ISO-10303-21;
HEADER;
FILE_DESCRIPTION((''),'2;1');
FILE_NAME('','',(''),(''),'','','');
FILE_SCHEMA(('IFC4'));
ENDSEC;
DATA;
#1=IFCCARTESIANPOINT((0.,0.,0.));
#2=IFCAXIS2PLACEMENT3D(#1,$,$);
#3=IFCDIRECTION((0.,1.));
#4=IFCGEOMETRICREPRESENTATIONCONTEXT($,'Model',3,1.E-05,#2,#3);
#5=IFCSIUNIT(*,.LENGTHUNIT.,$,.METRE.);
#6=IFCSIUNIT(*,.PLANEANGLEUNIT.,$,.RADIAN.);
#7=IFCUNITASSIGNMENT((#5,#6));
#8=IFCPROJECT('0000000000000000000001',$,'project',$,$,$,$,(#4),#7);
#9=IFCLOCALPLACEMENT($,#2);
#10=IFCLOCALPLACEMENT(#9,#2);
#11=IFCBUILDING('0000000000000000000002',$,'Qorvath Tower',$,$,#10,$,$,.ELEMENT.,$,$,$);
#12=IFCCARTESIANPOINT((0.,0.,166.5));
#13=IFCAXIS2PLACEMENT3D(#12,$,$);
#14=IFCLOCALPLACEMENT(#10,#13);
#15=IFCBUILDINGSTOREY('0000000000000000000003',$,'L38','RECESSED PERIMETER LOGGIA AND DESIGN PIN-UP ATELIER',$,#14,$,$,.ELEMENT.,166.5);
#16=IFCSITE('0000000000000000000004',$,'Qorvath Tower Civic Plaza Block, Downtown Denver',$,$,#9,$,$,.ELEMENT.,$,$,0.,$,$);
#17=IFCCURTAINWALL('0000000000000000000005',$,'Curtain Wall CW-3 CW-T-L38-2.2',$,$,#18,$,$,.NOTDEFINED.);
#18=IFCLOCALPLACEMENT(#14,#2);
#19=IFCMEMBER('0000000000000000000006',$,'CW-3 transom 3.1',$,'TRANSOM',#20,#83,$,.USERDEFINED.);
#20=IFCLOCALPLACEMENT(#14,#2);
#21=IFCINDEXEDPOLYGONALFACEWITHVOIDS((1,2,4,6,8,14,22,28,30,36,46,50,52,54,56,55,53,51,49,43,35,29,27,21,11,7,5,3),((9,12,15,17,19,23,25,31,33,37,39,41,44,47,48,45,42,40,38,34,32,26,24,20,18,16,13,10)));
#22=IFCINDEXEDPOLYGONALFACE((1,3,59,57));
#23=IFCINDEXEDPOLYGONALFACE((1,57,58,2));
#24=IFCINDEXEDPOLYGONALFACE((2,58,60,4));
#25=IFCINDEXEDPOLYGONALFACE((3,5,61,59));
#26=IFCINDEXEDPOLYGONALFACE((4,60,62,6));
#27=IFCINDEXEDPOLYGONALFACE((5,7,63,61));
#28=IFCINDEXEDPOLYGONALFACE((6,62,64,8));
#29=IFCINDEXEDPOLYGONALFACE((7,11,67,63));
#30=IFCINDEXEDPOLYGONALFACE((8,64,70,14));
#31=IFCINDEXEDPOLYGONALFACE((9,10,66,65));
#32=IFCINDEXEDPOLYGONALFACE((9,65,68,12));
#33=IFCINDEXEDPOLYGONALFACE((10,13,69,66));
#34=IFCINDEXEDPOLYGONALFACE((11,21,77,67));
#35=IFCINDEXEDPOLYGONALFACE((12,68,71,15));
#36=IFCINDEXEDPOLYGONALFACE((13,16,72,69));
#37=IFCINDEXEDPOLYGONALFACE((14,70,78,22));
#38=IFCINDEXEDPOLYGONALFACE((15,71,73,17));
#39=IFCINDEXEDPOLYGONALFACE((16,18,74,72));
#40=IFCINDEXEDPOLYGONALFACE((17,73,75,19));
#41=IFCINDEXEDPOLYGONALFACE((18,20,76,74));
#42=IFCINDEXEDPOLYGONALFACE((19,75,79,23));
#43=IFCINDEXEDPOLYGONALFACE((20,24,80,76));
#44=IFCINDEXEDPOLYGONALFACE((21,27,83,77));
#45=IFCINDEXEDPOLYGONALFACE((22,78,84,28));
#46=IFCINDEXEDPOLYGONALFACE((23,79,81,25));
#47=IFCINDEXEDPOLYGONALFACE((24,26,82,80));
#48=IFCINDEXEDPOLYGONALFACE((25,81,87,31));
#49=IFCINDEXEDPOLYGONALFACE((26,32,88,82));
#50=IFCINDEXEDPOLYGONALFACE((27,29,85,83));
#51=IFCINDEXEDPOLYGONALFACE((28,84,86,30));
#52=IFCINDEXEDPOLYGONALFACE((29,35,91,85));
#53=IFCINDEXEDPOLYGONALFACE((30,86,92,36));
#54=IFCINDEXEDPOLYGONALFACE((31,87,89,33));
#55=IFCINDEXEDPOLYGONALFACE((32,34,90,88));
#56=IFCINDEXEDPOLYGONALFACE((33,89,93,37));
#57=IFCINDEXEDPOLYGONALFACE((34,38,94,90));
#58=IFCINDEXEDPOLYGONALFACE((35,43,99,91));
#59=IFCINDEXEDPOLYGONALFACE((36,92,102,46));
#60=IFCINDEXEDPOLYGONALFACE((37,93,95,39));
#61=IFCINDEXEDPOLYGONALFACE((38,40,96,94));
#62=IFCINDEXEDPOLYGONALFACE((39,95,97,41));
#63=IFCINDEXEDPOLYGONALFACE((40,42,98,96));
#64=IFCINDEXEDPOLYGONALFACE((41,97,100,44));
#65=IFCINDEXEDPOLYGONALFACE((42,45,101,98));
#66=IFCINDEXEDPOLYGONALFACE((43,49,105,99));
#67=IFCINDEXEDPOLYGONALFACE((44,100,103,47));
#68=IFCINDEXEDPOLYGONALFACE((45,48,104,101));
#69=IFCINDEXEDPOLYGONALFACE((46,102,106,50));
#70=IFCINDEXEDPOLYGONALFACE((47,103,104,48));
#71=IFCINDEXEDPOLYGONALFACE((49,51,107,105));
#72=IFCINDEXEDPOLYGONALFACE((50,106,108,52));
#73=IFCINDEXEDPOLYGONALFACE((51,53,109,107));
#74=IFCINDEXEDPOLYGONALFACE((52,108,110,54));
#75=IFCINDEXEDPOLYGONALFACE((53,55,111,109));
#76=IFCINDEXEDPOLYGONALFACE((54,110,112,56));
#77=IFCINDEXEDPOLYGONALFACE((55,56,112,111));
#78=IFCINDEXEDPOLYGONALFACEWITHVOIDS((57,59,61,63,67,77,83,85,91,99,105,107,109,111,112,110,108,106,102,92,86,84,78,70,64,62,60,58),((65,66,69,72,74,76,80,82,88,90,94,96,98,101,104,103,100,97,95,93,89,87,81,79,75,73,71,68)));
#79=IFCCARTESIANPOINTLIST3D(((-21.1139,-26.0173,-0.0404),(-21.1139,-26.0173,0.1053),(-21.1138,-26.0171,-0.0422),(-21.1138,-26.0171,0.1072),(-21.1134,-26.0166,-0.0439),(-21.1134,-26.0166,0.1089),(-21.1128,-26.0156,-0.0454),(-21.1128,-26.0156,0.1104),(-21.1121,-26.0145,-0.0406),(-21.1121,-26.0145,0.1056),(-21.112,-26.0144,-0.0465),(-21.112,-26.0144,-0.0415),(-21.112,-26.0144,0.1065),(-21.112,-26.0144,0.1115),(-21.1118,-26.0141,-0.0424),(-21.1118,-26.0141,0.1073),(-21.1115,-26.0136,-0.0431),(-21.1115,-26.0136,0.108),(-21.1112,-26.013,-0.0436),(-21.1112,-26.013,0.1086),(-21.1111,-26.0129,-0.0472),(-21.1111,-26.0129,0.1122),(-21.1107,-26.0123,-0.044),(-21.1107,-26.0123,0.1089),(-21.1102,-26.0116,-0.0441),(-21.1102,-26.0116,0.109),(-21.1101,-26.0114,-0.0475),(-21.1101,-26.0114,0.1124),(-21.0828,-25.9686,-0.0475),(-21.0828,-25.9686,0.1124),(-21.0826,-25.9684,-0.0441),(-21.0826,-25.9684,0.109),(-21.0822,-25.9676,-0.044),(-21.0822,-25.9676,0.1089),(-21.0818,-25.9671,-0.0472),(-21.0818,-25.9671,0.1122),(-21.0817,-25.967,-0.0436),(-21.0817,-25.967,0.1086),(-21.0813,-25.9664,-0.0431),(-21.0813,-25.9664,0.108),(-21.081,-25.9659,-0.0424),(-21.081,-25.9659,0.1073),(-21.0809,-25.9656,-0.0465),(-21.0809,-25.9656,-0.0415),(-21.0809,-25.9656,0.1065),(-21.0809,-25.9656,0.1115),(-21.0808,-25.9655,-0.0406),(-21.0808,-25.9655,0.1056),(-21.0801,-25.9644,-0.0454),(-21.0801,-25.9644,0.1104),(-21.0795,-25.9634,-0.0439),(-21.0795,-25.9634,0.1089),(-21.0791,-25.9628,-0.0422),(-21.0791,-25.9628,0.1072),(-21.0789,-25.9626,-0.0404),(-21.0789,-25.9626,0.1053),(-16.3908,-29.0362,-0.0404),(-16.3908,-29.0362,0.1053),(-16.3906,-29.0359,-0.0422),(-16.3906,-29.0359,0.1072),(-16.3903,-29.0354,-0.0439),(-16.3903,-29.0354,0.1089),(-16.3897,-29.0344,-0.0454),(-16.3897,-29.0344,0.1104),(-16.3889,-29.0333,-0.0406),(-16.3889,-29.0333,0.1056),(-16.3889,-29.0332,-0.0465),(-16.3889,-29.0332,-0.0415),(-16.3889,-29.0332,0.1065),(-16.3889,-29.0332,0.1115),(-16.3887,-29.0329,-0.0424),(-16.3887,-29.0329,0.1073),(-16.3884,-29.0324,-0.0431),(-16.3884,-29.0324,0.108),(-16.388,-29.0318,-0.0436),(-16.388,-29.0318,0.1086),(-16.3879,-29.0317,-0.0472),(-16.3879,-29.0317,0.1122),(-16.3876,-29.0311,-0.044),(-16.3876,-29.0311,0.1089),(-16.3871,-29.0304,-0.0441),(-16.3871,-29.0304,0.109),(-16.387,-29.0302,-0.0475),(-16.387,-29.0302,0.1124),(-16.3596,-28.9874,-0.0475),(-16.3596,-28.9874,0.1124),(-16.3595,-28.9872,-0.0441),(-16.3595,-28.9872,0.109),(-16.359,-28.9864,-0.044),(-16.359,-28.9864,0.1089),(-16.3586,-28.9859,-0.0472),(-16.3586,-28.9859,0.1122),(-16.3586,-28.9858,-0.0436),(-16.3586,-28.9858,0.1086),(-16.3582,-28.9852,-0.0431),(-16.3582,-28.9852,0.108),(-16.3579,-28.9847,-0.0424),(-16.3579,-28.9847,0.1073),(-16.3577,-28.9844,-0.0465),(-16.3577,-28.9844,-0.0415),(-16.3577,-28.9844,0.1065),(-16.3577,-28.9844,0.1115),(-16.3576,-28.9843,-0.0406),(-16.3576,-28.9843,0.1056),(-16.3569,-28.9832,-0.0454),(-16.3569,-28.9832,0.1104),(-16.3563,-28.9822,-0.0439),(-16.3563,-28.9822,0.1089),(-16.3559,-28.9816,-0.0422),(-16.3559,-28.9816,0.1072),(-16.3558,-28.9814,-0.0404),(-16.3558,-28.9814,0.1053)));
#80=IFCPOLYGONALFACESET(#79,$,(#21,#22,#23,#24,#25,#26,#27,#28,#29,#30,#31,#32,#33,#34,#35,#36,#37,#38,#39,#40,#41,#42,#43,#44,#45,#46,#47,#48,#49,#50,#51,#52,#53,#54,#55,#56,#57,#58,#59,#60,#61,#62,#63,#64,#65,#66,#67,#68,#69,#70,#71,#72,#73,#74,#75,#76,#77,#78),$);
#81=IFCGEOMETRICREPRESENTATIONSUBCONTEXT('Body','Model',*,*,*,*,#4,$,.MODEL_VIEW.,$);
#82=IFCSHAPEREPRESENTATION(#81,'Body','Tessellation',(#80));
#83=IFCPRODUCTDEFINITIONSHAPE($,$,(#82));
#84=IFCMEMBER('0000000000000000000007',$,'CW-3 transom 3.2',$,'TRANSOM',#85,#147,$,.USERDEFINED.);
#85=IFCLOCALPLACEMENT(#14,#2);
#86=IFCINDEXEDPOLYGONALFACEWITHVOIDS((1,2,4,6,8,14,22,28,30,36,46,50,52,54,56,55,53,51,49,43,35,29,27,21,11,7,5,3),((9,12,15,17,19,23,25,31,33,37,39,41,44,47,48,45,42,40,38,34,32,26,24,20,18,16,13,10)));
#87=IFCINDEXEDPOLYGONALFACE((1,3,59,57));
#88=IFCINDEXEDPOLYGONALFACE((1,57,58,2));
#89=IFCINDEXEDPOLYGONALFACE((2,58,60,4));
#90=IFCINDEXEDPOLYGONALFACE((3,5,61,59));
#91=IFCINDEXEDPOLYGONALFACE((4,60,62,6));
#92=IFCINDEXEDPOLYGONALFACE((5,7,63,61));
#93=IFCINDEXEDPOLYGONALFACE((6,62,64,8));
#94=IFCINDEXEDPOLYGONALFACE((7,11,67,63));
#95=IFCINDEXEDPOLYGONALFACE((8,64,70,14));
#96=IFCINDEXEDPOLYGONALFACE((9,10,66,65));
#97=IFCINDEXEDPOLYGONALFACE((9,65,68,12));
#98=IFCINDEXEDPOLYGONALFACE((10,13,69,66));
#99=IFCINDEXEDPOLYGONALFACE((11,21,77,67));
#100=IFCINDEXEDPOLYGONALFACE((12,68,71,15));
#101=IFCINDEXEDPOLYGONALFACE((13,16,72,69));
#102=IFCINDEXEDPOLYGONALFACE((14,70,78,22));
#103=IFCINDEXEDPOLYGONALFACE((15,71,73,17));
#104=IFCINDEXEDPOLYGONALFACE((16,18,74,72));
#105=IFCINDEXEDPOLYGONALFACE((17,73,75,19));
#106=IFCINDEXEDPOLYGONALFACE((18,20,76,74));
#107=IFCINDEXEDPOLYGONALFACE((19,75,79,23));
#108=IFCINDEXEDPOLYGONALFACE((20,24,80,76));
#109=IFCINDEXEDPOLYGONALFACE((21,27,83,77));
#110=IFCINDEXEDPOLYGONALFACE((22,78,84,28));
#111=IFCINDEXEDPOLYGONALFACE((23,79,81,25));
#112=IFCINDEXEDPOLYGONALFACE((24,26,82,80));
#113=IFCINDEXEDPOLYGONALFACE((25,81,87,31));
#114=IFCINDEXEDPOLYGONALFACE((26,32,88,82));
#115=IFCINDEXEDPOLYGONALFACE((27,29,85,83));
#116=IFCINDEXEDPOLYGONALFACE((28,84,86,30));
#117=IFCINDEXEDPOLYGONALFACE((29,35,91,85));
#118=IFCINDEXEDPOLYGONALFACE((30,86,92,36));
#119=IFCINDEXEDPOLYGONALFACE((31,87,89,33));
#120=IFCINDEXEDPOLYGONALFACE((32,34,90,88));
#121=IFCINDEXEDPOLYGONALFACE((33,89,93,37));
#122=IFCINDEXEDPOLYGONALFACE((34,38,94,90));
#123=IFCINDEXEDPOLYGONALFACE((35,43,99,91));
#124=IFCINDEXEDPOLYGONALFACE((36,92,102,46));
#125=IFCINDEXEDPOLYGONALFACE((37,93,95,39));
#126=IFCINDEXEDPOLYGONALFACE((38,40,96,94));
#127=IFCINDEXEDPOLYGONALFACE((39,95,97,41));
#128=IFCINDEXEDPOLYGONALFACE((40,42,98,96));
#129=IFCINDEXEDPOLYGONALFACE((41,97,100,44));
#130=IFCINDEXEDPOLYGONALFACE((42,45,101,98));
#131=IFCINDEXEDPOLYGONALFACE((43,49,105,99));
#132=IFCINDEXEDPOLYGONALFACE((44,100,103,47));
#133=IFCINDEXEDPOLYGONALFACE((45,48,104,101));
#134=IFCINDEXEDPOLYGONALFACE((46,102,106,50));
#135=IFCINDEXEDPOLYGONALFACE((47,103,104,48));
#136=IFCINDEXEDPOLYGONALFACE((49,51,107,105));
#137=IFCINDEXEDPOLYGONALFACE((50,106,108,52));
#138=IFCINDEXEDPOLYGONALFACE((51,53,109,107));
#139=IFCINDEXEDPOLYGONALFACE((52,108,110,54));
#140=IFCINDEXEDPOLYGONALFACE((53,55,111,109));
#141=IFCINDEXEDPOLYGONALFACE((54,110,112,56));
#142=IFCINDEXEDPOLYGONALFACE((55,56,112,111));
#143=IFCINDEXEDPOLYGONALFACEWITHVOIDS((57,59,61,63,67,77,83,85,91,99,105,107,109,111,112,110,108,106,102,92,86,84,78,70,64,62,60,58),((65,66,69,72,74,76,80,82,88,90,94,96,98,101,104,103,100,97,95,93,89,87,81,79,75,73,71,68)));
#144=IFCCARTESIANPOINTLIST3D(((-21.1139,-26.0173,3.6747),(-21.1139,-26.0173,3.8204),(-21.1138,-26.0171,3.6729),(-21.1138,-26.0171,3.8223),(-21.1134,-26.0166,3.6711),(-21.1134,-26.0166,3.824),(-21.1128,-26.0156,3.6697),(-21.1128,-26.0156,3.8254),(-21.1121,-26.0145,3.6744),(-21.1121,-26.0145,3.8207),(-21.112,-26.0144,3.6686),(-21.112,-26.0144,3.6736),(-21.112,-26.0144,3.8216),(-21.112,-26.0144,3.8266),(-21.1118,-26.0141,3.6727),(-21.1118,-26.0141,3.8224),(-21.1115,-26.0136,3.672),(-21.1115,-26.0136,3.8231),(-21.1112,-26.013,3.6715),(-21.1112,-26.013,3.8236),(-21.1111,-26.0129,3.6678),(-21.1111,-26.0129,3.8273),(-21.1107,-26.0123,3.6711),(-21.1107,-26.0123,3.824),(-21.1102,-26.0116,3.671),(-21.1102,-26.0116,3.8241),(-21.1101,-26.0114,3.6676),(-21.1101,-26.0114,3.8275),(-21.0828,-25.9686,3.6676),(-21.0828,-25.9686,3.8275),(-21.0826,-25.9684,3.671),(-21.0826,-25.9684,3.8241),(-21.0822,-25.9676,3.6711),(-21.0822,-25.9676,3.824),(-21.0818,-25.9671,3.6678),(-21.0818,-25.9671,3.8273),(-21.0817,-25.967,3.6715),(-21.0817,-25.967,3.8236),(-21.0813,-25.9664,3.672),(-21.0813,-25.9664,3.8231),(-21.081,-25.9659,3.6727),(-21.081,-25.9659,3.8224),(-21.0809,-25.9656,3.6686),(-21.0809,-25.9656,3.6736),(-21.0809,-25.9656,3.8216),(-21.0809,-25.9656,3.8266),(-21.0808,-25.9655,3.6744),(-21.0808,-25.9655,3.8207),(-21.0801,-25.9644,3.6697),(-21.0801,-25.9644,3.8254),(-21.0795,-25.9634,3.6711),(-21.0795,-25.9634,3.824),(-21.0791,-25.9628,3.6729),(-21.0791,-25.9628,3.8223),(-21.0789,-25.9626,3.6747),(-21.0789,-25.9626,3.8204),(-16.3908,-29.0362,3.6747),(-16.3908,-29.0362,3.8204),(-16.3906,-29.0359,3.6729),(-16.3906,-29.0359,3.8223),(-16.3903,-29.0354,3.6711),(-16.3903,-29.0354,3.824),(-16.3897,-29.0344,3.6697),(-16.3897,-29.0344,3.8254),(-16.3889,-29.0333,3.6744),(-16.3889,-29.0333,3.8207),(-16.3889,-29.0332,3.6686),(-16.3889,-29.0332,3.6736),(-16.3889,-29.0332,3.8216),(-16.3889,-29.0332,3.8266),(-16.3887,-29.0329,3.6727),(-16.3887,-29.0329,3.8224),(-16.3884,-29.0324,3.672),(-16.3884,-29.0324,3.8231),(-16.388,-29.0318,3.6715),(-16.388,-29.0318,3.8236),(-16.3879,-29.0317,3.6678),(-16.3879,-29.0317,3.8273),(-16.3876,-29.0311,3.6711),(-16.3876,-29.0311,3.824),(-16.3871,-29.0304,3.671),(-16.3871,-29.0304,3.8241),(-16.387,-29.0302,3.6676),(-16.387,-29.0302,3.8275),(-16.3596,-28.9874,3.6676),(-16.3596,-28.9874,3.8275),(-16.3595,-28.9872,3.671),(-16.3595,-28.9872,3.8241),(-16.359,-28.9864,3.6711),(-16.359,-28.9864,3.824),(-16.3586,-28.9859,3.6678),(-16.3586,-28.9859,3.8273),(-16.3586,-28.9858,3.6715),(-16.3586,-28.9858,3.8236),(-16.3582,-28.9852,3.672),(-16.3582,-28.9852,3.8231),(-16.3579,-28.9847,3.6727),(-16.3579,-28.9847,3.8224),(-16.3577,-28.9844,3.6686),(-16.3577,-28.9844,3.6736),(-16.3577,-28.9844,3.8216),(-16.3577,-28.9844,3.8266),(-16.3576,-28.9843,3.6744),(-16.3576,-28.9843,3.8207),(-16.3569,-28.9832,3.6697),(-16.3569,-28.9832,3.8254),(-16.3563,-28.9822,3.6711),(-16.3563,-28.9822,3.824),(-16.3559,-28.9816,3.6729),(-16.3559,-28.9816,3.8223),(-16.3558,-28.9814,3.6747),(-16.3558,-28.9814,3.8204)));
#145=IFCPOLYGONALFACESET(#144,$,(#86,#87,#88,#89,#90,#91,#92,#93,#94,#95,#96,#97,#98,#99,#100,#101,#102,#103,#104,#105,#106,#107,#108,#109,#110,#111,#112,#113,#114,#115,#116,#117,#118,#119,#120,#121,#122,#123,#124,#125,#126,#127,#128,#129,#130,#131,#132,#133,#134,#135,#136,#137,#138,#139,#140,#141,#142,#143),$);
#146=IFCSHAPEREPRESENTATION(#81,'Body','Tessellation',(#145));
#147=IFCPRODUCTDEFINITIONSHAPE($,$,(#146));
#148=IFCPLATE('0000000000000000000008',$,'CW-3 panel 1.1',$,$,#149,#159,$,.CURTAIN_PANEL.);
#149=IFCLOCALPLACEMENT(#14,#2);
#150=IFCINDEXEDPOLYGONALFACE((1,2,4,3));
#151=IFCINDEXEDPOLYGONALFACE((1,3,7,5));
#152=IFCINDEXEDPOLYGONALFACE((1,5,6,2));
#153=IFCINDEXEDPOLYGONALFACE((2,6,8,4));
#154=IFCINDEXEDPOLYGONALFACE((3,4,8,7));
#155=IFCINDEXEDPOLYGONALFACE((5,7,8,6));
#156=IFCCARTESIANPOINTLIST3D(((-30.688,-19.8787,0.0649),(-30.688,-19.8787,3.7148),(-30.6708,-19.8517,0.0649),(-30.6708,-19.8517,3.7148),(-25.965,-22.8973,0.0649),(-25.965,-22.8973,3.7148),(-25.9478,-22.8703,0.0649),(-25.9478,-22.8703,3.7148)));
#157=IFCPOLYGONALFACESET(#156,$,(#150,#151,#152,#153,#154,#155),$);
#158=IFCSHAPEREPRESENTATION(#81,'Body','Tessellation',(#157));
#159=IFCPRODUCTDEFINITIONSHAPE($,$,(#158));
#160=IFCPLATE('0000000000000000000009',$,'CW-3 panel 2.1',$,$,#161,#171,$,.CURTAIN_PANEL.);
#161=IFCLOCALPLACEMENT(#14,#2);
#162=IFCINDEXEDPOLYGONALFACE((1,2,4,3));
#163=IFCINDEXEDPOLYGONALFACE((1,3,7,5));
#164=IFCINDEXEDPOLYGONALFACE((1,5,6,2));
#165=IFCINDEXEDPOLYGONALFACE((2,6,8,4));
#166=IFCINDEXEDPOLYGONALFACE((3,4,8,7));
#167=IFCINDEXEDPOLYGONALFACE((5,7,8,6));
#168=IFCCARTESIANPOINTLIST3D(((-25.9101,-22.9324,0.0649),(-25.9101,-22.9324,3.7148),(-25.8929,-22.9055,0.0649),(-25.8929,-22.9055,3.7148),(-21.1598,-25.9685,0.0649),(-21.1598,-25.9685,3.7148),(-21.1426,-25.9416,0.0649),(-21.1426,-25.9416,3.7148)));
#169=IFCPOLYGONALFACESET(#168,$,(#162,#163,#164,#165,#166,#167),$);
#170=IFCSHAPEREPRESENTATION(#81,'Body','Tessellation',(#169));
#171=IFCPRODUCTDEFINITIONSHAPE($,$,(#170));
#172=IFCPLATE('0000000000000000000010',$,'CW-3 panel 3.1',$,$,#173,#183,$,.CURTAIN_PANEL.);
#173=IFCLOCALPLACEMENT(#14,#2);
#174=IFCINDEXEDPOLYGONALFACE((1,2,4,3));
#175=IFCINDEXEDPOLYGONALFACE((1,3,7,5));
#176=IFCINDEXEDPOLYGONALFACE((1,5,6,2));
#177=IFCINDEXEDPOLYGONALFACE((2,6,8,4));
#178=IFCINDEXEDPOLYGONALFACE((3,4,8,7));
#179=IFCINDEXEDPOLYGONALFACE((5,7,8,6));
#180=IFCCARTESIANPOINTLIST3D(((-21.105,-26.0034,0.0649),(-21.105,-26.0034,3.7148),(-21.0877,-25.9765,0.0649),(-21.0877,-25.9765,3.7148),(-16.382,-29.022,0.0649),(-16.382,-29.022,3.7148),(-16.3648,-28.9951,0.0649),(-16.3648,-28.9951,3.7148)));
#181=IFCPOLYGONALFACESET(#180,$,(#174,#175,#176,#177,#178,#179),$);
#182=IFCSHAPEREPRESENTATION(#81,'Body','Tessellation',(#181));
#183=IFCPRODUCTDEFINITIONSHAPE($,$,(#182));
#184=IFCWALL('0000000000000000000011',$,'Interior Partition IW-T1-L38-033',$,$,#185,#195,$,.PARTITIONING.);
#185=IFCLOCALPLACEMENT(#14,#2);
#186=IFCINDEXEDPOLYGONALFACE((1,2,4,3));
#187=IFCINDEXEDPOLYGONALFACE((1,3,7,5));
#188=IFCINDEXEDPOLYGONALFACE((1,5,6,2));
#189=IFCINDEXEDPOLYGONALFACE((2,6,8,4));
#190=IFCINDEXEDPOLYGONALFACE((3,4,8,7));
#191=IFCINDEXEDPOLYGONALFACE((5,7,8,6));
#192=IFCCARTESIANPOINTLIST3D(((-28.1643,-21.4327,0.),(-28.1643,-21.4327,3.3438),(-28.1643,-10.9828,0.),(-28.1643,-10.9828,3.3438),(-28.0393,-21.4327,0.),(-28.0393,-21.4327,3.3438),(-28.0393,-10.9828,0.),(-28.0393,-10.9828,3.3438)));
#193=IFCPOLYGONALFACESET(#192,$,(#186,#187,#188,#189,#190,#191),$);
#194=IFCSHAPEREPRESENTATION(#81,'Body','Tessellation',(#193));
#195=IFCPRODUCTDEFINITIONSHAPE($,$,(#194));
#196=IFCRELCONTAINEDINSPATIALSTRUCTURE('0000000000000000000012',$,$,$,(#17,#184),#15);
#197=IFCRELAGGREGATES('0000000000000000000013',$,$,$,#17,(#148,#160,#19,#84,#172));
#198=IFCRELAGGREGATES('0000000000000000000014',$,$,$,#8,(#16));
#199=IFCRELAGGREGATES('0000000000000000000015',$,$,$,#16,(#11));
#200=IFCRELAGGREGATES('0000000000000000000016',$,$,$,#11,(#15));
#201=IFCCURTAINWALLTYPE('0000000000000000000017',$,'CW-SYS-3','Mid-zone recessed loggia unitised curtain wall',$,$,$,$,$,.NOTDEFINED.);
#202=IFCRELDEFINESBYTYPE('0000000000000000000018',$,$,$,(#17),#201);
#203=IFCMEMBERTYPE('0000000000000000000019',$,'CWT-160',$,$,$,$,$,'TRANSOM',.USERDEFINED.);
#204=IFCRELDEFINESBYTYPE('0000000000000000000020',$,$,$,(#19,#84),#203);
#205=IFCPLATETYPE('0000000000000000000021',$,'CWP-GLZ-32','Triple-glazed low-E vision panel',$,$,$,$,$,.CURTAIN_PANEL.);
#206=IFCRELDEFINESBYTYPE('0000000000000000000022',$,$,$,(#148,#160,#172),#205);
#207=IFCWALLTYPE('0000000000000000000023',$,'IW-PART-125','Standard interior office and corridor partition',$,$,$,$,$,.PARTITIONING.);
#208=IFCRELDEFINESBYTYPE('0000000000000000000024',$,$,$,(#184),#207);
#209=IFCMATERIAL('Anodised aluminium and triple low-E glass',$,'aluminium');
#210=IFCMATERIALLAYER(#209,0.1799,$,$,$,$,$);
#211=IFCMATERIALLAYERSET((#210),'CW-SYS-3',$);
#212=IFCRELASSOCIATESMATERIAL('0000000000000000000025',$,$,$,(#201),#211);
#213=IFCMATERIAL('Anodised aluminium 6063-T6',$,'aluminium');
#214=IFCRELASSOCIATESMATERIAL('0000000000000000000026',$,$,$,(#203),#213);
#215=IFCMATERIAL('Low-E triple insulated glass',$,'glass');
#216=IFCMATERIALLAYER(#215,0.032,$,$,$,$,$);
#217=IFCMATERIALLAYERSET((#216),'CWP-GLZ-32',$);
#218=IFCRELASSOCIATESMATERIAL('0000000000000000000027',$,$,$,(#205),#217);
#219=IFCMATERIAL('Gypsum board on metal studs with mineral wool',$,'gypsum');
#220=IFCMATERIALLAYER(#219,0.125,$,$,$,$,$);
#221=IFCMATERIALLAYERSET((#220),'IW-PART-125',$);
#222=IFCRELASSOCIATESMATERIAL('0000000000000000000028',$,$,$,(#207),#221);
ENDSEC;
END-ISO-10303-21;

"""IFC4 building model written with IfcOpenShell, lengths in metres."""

from ifc_helpers import new_model, si_unit, direction, frame, frame_2d, origin, origin_2d, place, context, subcontext, project, spatial, rectangle, hollow_rectangle, extrude, material, layer, layer_set, material_profile, profile_set, type_object, element, aggregate, save


model = new_model("IFC4")

# Units and contexts
model_context = context("Model", 3, precision=1e-05, world=origin(), true_north=direction((0.0, 1.0)))
body_context = subcontext(model_context, "Body", "Model", "MODEL_VIEW")
ifc_project = project(units=[si_unit("LENGTHUNIT", "METRE"), si_unit("PLANEANGLEUNIT", "RADIAN")], contexts=[model_context])

# Site, building, storey
site_placement = place(None, origin())
site = spatial("IfcSite", under=ifc_project, at=site_placement, Name="Qorvath Tower Civic Plaza Block, Downtown Denver", CompositionType="ELEMENT", RefElevation=0.0)
building_placement = place(site_placement, origin())
building = spatial("IfcBuilding", under=site, at=building_placement, Name="Qorvath Tower", CompositionType="ELEMENT")
storey_placement = place(building_placement, frame((0.0, 0.0, 166.5)))
storey = spatial("IfcBuildingStorey", under=building, at=storey_placement, Name="L38", Description="RECESSED PERIMETER LOGGIA AND DESIGN PIN-UP ATELIER", CompositionType="ELEMENT", Elevation=166.5)

# Curtain wall, members, plates
ifc_material_1 = material(Name="Anodised aluminium and triple low-E glass", Category="aluminium")
ifc_layer_1 = layer(ifc_material_1, 0.1799)
ifc_layer_set_1 = layer_set([ifc_layer_1], Name="CW-SYS-3")
curtain_wall_type = type_object("IfcCurtainWallType", Name="CW-SYS-3", Description="Mid-zone recessed loggia unitised curtain wall", PredefinedType="NOTDEFINED", material=ifc_layer_set_1)
curtain_wall_placement = place(storey_placement, origin())
curtain_wall = element("IfcCurtainWall", 1, at=curtain_wall_placement, inside=storey, type_object=curtain_wall_type, Name="Curtain Wall CW-3 CW-T-L38-2.2", PredefinedType="NOTDEFINED")
ifc_material_2 = material(Name="Anodised aluminium 6063-T6", Category="aluminium")
ifc_material_profile_1 = material_profile(ifc_material_2, hollow_rectangle(XDim=0.0649, YDim=0.1599, WallThickness=0.0034, InnerFilletRadius=0.0034, OuterFilletRadius=0.0071, at=origin_2d()), Name="CWT 160x65")
ifc_profile_set_1 = profile_set([ifc_material_profile_1], Name="Anodised aluminium 6063-T6")
member_type_1 = type_object("IfcMemberType", Name="CWT-160", ElementType="TRANSOM", PredefinedType="USERDEFINED", material=ifc_profile_set_1)
member_1_placement = place(storey_placement, frame((-21.0964, -25.99, 0.0325), z_axis=(0.842596, -0.538546, 0.0), x_axis=(0.538546, 0.842596, 0.0)))
member_1 = element("IfcMember", 2, at=member_1_placement, type_object=member_type_1, Name="CW-3 transom 3.1", ObjectType="TRANSOM", PredefinedType="USERDEFINED", context=body_context, shape_type="SweptSolid", body=[
    extrude(hollow_rectangle(XDim=0.0649, YDim=0.1599, WallThickness=0.0034, InnerFilletRadius=0.0034, OuterFilletRadius=0.0071, at=origin_2d()), origin(), (0.0, 0.0, 1.0), 5.6055),
])
member_2_placement = place(storey_placement, frame((-21.0964, -25.99, 3.7476), z_axis=(0.842596, -0.538546, 0.0), x_axis=(0.538546, 0.842596, 0.0)))
member_2 = element("IfcMember", 3, at=member_2_placement, type_object=member_type_1, Name="CW-3 transom 3.2", ObjectType="TRANSOM", PredefinedType="USERDEFINED", context=body_context, shape_type="SweptSolid", body=[
    extrude(hollow_rectangle(XDim=0.0649, YDim=0.1599, WallThickness=0.0034, InnerFilletRadius=0.0034, OuterFilletRadius=0.0071, at=origin_2d()), origin(), (0.0, 0.0, 1.0), 5.6055),
])
ifc_material_3 = material(Name="Low-E triple insulated glass", Category="glass")
ifc_layer_2 = layer(ifc_material_3, 0.032)
ifc_layer_set_2 = layer_set([ifc_layer_2], Name="CWP-GLZ-32")
plate_type = type_object("IfcPlateType", Name="CWP-GLZ-32", Description="Triple-glazed low-E vision panel", PredefinedType="CURTAIN_PANEL", material=ifc_layer_set_2)
plate_1_placement = place(storey_placement, frame((-28.3179, -21.3745, 0.0649), z_axis=(0.0, 0.0, 1.0), x_axis=(0.842604, -0.538534, 0.0)))
plate_1 = element("IfcPlate", 4, at=plate_1_placement, type_object=plate_type, Name="CW-3 panel 1.1", PredefinedType="CURTAIN_PANEL", context=body_context, shape_type="SweptSolid", body=[
    extrude(rectangle(XDim=5.6052, YDim=0.032, at=origin_2d()), origin(), (0.0, 0.0, 1.0), 3.6499),
])
plate_2_placement = place(storey_placement, frame((-23.5264, -24.437, 0.0649), z_axis=(0.0, 0.0, 1.0), x_axis=(0.842604, -0.538534, 0.0)))
plate_2 = element("IfcPlate", 5, at=plate_2_placement, type_object=plate_type, Name="CW-3 panel 2.1", PredefinedType="CURTAIN_PANEL", context=body_context, shape_type="SweptSolid", body=[
    extrude(rectangle(XDim=5.6377, YDim=0.032, at=origin_2d()), origin(), (0.0, 0.0, 1.0), 3.6499),
])
plate_3_placement = place(storey_placement, frame((-18.7349, -27.4993, 0.0649), z_axis=(0.0, 0.0, 1.0), x_axis=(0.842604, -0.538534, 0.0)))
plate_3 = element("IfcPlate", 6, at=plate_3_placement, type_object=plate_type, Name="CW-3 panel 3.1", PredefinedType="CURTAIN_PANEL", context=body_context, shape_type="SweptSolid", body=[
    extrude(rectangle(XDim=5.6052, YDim=0.032, at=origin_2d()), origin(), (0.0, 0.0, 1.0), 3.6499),
])
aggregate(curtain_wall, [plate_1, plate_2, member_1, member_2, plate_3])

# Wall
ifc_material_4 = material(Name="Gypsum board on metal studs with mineral wool", Category="gypsum")
ifc_layer_3 = layer(ifc_material_4, 0.125)
ifc_layer_set_3 = layer_set([ifc_layer_3], Name="IW-PART-125")
wall_type = type_object("IfcWallType", Name="IW-PART-125", Description="Standard interior office and corridor partition", PredefinedType="PARTITIONING", material=ifc_layer_set_3)
wall_1_placement = place(storey_placement, frame((-28.1018, -21.4329, 0.0), z_axis=(0.0, 0.0, 1.0), x_axis=(0.0, 1.0, 0.0)))
element("IfcWall", 7, at=wall_1_placement, inside=storey, type_object=wall_type, Name="Interior Partition IW-T1-L38-033", PredefinedType="PARTITIONING", context=body_context, shape_type="SweptSolid", body=[
    extrude(rectangle(XDim=10.45, YDim=0.125, at=frame_2d((5.2251, 0.0))), origin(), (0.0, 0.0, 1.0), 3.3438),
])

save(model, "model.ifc")
